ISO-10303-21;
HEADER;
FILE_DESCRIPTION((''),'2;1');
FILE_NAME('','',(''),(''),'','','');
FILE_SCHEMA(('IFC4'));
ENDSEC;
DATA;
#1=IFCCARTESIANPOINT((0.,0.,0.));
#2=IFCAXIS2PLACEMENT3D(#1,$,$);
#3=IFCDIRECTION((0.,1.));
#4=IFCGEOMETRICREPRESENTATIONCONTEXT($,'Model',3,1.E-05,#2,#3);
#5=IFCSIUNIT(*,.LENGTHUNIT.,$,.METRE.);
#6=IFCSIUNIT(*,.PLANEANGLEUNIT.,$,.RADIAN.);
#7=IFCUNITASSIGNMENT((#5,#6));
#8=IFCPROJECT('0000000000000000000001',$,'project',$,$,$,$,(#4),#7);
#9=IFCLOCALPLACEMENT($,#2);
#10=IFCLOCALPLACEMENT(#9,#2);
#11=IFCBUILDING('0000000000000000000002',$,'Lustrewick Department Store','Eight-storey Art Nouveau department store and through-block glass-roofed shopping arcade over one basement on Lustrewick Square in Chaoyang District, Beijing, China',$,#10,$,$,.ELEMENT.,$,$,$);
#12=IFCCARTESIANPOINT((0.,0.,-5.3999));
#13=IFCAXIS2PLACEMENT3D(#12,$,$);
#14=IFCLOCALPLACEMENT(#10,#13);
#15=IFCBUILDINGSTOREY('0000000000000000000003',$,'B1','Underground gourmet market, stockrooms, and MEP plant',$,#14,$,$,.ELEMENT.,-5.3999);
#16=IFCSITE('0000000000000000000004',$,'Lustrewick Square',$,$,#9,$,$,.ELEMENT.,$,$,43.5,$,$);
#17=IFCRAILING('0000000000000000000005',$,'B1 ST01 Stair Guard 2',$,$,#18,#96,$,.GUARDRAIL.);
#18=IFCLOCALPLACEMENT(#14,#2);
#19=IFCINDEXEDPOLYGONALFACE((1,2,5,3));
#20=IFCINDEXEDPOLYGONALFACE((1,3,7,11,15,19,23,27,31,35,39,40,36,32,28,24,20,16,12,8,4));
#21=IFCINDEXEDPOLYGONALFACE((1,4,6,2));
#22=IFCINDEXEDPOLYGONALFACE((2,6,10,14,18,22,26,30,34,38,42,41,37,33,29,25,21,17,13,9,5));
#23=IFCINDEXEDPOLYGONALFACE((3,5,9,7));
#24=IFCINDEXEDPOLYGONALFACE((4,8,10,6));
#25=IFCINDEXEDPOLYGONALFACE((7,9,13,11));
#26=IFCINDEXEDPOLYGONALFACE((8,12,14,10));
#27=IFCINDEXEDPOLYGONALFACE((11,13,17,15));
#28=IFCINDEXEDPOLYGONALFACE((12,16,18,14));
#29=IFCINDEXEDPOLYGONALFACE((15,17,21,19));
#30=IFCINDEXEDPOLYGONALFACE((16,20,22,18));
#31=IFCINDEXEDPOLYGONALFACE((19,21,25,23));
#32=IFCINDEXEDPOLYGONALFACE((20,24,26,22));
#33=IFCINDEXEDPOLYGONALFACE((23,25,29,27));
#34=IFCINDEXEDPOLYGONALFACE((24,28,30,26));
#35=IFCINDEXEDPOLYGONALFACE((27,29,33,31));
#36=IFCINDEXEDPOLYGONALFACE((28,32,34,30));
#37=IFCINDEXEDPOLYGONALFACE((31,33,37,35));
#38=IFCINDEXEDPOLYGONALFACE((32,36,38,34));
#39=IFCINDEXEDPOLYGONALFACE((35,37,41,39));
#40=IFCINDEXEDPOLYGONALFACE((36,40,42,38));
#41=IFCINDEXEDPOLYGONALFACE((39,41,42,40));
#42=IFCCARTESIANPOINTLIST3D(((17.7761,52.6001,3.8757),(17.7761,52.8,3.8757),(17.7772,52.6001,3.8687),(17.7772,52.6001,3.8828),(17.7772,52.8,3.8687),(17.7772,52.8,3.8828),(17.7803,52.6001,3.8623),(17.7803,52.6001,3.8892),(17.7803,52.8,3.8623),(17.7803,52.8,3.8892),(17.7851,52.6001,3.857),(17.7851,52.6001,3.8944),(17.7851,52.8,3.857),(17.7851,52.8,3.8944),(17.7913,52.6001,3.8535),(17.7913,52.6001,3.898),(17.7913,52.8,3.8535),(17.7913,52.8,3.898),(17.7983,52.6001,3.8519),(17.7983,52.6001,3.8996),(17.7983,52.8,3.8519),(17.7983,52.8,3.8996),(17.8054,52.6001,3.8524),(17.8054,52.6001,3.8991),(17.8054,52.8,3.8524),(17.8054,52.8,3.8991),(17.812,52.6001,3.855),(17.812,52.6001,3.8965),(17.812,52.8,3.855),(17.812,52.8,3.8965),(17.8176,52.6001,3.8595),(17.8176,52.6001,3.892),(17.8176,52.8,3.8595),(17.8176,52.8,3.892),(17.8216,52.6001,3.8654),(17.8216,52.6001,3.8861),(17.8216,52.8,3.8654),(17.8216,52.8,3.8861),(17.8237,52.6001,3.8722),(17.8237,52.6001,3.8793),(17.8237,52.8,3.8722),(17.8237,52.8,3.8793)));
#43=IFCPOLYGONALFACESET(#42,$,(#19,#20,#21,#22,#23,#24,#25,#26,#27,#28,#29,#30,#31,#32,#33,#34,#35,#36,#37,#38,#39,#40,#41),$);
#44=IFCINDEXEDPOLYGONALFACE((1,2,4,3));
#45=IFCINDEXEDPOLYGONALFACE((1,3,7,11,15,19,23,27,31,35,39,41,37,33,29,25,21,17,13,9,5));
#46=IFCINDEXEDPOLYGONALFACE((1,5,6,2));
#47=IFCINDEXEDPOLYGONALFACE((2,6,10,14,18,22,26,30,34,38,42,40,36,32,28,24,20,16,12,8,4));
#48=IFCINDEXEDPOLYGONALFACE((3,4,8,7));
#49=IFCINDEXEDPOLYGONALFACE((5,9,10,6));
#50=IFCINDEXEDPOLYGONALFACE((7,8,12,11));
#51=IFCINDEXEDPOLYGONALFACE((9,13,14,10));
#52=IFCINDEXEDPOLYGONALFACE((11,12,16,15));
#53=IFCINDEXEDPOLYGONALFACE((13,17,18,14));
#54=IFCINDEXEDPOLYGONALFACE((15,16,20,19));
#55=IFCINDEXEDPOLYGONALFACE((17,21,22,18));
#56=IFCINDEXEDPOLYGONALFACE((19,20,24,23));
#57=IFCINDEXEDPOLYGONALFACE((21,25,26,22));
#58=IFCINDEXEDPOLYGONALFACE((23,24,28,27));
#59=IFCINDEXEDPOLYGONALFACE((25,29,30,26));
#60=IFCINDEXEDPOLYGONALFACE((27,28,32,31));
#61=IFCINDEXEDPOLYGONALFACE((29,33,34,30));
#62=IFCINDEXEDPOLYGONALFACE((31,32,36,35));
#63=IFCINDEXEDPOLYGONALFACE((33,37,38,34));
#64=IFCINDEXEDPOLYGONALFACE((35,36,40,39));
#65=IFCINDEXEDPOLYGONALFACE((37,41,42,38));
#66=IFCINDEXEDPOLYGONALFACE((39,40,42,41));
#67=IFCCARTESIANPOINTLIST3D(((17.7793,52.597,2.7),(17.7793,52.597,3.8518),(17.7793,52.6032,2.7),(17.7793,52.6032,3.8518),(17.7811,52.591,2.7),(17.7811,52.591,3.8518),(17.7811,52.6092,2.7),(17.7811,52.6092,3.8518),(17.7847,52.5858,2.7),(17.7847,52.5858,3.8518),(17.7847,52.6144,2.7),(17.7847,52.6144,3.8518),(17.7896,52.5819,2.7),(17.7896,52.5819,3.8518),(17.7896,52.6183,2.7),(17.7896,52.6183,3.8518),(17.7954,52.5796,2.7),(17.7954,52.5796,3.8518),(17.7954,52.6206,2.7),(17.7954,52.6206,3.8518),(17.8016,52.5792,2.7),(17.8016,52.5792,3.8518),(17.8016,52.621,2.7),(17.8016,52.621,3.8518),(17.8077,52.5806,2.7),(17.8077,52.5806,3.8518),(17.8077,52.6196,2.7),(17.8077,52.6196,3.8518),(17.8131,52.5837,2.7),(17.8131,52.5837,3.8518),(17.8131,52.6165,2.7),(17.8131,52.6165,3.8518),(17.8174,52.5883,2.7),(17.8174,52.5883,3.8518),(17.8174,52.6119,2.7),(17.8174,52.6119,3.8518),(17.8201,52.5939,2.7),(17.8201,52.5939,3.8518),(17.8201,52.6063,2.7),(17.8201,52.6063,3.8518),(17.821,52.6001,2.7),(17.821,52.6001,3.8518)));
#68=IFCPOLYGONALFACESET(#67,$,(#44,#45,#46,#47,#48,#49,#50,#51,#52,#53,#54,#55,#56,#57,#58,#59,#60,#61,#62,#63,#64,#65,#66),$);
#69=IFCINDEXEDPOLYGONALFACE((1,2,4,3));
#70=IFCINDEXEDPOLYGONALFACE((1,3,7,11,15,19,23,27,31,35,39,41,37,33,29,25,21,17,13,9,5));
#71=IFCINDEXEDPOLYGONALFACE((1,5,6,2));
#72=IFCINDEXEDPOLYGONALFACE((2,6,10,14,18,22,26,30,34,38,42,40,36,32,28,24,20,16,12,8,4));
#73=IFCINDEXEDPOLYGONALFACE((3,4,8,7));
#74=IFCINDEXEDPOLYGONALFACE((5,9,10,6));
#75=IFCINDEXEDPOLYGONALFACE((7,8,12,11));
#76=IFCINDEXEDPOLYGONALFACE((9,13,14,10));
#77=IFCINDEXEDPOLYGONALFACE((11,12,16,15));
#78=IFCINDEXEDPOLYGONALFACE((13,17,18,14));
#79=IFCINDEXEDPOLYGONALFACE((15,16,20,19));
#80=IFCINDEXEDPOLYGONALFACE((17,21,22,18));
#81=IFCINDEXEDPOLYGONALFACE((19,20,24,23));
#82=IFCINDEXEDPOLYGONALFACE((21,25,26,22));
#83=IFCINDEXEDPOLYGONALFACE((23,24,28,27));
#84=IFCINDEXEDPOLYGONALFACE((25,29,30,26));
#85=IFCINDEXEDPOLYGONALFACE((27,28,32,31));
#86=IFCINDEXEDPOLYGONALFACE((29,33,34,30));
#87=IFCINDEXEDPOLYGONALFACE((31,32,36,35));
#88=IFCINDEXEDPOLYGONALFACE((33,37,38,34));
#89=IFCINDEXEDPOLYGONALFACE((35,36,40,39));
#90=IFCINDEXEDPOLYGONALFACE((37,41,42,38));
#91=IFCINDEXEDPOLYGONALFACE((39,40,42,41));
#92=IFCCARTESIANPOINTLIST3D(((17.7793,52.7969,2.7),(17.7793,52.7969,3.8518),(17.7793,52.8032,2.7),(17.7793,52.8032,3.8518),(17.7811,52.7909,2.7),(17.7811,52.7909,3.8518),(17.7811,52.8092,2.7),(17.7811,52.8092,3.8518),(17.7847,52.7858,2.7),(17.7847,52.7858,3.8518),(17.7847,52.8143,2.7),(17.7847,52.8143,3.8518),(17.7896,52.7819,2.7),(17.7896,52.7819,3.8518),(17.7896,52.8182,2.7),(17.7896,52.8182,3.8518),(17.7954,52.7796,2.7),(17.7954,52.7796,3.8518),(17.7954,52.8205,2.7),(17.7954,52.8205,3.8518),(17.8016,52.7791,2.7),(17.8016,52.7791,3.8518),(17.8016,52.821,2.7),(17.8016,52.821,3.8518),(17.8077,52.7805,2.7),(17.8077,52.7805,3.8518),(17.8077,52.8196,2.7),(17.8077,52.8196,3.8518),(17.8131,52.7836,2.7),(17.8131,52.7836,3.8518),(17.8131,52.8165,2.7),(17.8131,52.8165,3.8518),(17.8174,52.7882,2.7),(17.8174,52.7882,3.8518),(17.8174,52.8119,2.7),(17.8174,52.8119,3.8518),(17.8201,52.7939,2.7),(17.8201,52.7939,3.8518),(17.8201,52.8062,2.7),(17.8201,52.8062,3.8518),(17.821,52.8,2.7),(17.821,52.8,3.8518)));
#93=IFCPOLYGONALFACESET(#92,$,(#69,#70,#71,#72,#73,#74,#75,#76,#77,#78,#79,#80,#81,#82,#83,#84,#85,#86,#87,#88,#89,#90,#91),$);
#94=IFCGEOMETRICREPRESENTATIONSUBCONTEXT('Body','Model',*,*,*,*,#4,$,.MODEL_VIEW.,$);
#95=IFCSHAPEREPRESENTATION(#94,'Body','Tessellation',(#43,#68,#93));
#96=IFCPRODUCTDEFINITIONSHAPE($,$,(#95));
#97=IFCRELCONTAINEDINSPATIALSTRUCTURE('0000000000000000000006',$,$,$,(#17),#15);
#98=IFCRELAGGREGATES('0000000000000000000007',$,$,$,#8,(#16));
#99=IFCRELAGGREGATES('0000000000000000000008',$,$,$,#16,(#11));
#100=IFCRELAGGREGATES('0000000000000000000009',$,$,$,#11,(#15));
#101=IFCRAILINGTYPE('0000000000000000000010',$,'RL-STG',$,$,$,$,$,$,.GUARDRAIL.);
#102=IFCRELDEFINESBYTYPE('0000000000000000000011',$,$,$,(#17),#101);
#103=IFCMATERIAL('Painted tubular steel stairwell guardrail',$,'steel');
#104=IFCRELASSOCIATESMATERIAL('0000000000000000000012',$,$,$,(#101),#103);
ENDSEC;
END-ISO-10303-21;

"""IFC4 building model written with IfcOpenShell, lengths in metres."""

from ifc_helpers import new_model, si_unit, direction, frame, origin, origin_2d, place, context, subcontext, project, spatial, circle, extrude, material, type_object, element, save


model = new_model("IFC4")

# Units and contexts
model_context = context("Model", 3, precision=1e-05, world=origin(), true_north=direction((0.0, 1.0)))
body_context = subcontext(model_context, "Body", "Model", "MODEL_VIEW")
ifc_project = project(units=[si_unit("LENGTHUNIT", "METRE"), si_unit("PLANEANGLEUNIT", "RADIAN")], contexts=[model_context])

# Site, building, storey
site_placement = place(None, origin())
site = spatial("IfcSite", under=ifc_project, at=site_placement, Name="Lustrewick Square", CompositionType="ELEMENT", RefElevation=43.5)
building_placement = place(site_placement, origin())
building = spatial("IfcBuilding", under=site, at=building_placement, Name="Lustrewick Department Store", Description="Eight-storey Art Nouveau department store and through-block glass-roofed shopping arcade over one basement on Lustrewick Square in Chaoyang District, Beijing, China", CompositionType="ELEMENT")
storey_placement = place(building_placement, frame((0.0, 0.0, -5.3999)))
storey = spatial("IfcBuildingStorey", under=building, at=storey_placement, Name="B1", Description="Underground gourmet market, stockrooms, and MEP plant", CompositionType="ELEMENT", Elevation=-5.3999)

# Railing
ifc_material_1 = material(Name="Painted tubular steel stairwell guardrail", Category="steel")
railing_type_1 = type_object("IfcRailingType", Name="RL-STG", PredefinedType="GUARDRAIL", material=ifc_material_1)
railing_1_placement = place(storey_placement, frame((17.8, 52.6001, 2.7)))
element("IfcRailing", 1, at=railing_1_placement, inside=storey, type_object=railing_type_1, Name="B1 ST01 Stair Guard 2", PredefinedType="GUARDRAIL", context=body_context, shape_type="SweptSolid", body=[
    extrude(circle(Radius=0.0239, at=origin_2d()), frame((0.0, 0.0, 1.1758), z_axis=(0.0, 1.0, 0.0), x_axis=(-1.0, 0.0, 0.0)), (0.0, 0.0, 1.0), 0.2),
    extrude(circle(Radius=0.021, at=origin_2d()), origin(), (0.0, 0.0, 1.0), 1.1519),
    extrude(circle(Radius=0.021, at=origin_2d()), frame((0.0, 0.2, 0.0)), (0.0, 0.0, 1.0), 1.1519),
])

save(model, "model.ifc")
